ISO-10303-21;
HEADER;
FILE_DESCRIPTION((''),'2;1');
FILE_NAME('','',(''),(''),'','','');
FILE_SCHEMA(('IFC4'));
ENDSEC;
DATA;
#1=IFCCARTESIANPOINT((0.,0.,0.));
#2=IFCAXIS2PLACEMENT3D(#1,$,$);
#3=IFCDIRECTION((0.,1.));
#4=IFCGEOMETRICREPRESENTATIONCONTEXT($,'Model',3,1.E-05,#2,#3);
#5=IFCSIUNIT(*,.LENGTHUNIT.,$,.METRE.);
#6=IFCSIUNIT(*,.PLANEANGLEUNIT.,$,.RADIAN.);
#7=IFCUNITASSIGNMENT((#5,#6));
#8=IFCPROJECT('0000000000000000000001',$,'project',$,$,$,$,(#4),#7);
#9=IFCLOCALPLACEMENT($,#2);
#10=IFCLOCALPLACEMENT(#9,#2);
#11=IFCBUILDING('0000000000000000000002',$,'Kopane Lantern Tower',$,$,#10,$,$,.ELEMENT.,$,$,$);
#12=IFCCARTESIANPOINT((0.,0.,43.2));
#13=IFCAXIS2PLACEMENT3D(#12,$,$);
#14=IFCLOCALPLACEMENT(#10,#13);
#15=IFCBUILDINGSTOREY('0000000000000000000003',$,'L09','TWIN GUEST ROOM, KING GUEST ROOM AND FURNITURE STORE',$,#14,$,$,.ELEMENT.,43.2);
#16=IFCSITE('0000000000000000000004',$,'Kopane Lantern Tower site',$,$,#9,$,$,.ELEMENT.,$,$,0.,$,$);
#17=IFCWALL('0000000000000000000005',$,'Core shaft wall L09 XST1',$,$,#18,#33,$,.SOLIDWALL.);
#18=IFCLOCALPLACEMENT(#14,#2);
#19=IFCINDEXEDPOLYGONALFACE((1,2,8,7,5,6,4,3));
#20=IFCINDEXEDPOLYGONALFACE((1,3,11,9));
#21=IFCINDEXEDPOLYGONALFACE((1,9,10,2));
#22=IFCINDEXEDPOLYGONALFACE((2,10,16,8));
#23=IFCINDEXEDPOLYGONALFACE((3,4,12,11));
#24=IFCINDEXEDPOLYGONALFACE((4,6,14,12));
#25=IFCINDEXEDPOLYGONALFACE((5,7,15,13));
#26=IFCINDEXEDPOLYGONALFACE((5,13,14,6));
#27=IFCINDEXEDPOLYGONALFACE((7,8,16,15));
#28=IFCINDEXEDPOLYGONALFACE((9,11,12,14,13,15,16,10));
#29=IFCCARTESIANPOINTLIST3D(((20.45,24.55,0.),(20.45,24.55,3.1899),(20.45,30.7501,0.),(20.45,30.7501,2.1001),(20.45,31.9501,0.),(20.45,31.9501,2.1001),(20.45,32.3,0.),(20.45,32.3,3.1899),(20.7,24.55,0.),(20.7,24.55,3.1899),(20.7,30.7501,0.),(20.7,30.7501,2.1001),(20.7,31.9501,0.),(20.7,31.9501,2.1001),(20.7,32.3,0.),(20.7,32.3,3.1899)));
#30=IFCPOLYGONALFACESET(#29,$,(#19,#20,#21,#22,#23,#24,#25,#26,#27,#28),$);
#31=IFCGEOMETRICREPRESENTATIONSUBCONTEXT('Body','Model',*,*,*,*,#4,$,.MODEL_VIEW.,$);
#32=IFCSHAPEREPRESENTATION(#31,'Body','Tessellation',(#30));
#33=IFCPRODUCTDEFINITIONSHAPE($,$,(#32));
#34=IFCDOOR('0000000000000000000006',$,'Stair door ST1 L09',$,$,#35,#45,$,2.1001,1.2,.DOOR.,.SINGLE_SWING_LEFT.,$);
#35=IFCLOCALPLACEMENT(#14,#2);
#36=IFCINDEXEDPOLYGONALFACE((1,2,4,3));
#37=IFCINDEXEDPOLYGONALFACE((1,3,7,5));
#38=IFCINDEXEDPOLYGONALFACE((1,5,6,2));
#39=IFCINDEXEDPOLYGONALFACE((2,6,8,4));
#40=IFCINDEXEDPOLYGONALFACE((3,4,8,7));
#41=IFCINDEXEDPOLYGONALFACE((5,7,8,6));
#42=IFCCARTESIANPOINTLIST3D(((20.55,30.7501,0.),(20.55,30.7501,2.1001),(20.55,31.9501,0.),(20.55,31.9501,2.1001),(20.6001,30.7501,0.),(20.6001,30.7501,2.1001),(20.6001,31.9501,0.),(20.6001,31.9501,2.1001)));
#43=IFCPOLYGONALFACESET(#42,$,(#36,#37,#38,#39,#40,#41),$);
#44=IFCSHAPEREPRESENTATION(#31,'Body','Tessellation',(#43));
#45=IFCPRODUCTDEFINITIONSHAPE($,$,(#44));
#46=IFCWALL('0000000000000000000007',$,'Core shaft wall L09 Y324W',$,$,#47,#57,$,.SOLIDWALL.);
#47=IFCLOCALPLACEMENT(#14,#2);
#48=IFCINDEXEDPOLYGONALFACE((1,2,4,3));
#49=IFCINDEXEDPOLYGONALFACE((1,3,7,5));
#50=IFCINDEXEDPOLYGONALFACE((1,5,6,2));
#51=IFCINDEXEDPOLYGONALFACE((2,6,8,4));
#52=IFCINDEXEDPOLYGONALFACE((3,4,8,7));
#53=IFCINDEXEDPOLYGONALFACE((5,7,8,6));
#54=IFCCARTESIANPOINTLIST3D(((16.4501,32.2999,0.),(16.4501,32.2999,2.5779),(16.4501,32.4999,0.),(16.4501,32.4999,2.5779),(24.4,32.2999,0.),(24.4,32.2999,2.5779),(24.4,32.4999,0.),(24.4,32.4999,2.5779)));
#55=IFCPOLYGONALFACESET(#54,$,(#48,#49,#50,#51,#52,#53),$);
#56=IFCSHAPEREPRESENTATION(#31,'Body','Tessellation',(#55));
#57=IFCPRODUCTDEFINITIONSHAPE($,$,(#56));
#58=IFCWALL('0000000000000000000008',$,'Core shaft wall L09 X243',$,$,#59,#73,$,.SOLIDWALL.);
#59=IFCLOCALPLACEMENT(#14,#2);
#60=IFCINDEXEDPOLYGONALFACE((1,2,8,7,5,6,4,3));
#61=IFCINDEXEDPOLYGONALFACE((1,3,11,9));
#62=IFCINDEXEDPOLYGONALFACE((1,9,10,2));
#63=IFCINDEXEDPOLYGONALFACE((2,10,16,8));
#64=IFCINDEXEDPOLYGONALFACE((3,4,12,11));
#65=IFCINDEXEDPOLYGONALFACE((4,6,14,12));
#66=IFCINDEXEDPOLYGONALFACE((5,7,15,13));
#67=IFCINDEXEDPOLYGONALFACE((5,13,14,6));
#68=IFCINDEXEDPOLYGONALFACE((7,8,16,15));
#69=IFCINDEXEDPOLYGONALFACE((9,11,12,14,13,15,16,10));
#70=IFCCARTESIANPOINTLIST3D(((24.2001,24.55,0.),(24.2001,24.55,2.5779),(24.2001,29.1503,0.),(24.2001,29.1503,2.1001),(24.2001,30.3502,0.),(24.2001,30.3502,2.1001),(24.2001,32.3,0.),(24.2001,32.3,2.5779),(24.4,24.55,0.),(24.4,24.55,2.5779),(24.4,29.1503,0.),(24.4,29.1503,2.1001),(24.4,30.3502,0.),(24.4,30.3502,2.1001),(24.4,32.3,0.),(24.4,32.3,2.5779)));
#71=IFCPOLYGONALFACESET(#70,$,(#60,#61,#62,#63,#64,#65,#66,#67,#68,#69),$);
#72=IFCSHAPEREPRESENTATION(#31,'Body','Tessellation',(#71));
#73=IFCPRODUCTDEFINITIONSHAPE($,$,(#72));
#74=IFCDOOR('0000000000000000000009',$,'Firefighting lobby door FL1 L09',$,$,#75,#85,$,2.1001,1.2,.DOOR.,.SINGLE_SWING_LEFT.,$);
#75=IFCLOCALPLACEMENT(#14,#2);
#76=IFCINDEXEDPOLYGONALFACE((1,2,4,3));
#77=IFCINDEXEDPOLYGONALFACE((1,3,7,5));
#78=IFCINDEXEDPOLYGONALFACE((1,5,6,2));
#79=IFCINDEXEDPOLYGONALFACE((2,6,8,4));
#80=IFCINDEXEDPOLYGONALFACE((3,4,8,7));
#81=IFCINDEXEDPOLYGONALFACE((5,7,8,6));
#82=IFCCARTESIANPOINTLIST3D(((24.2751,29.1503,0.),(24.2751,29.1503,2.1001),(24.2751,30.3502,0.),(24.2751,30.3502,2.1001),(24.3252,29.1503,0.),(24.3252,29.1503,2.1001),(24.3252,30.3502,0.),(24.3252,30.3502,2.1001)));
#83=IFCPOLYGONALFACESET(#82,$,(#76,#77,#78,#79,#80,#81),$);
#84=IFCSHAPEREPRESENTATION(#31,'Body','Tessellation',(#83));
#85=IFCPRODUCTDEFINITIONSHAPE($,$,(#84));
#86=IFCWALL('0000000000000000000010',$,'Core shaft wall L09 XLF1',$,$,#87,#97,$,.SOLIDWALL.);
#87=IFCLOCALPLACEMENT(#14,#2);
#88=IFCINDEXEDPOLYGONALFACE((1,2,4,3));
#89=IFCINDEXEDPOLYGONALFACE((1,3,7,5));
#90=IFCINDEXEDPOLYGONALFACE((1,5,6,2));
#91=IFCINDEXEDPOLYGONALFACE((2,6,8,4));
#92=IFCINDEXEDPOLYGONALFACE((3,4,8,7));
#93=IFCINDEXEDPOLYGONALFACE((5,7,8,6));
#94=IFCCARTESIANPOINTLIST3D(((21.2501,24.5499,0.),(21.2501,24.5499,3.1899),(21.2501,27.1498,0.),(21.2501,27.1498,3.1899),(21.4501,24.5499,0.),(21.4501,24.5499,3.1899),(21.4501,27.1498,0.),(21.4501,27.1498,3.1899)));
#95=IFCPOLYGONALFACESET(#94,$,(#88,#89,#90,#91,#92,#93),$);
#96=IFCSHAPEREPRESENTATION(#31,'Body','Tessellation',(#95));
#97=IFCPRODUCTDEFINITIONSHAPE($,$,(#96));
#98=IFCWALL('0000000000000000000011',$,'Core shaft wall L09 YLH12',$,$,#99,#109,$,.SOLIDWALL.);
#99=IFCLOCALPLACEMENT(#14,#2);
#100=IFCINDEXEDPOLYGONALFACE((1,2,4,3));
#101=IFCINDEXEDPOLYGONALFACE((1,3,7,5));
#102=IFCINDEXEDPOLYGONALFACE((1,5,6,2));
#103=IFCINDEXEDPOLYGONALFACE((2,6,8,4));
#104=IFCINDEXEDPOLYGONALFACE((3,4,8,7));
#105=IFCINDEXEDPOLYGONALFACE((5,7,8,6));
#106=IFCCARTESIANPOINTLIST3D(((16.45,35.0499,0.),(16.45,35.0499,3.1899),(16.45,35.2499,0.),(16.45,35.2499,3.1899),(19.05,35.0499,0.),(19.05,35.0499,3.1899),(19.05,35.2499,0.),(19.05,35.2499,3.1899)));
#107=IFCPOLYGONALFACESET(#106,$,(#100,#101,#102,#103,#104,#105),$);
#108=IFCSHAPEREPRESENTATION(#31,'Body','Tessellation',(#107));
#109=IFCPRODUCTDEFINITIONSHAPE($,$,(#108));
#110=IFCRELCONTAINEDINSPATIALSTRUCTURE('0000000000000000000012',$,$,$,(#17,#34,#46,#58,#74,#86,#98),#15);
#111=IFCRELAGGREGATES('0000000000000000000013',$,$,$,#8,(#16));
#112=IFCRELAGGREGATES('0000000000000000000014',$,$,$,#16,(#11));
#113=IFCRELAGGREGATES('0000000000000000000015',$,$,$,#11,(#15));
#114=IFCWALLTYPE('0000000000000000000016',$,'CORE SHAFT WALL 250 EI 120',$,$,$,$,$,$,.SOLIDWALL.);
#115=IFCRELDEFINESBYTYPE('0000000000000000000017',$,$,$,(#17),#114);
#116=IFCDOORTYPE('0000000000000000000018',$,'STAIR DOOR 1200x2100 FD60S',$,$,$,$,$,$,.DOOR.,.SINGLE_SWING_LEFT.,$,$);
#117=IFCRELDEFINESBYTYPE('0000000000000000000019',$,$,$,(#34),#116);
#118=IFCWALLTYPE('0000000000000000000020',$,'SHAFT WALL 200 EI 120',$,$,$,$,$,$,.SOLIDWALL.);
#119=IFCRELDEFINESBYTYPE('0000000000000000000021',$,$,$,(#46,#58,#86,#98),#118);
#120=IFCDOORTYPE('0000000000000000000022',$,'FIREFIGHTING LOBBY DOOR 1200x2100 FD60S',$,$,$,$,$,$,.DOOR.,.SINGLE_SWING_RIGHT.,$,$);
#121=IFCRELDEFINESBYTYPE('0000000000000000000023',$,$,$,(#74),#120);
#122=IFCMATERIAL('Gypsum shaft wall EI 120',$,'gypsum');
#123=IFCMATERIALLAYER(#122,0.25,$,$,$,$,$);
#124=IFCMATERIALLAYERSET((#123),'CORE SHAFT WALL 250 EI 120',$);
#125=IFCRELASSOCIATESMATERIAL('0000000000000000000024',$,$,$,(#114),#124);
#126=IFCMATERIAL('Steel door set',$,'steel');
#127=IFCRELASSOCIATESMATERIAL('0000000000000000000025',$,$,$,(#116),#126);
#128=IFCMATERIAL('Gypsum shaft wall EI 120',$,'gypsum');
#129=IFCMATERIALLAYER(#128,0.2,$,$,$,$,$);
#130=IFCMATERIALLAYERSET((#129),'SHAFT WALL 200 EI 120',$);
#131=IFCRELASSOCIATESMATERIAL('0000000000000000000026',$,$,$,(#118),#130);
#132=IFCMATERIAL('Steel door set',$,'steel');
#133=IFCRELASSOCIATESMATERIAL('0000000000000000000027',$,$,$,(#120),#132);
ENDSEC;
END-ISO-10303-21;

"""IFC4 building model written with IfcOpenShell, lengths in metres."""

from ifc_helpers import new_model, si_unit, direction, frame, frame_2d, origin, place, context, subcontext, project, spatial, rectangle, extrude, material, layer, layer_set, type_object, element, fill, save


model = new_model("IFC4")

# Units and contexts
model_context = context("Model", 3, precision=1e-05, world=origin(), true_north=direction((0.0, 1.0)))
body_context = subcontext(model_context, "Body", "Model", "MODEL_VIEW")
ifc_project = project(units=[si_unit("LENGTHUNIT", "METRE"), si_unit("PLANEANGLEUNIT", "RADIAN")], contexts=[model_context])

# Site, building, storey
site_placement = place(None, origin())
site = spatial("IfcSite", under=ifc_project, at=site_placement, Name="Kopane Lantern Tower site", CompositionType="ELEMENT", RefElevation=0.0)
building_placement = place(site_placement, origin())
building = spatial("IfcBuilding", under=site, at=building_placement, Name="Kopane Lantern Tower", CompositionType="ELEMENT")
storey_placement = place(building_placement, frame((0.0, 0.0, 43.2)))
storey = spatial("IfcBuildingStorey", under=building, at=storey_placement, Name="L09", Description="TWIN GUEST ROOM, KING GUEST ROOM AND FURNITURE STORE", CompositionType="ELEMENT", Elevation=43.2)

# Wall, opening, door
ifc_material_1 = material(Name="Gypsum shaft wall EI 120", Category="gypsum")
ifc_layer_1 = layer(ifc_material_1, 0.25)
ifc_layer_set_1 = layer_set([ifc_layer_1], Name="CORE SHAFT WALL 250 EI 120")
wall_type_1 = type_object("IfcWallType", Name="CORE SHAFT WALL 250 EI 120", PredefinedType="SOLIDWALL", material=ifc_layer_set_1)
wall_1_placement = place(storey_placement, frame((20.575, 24.55, 0.0), z_axis=(0.0, 0.0, 1.0), x_axis=(0.0, 1.0, 0.0)))
wall_1 = element("IfcWall", 1, at=wall_1_placement, inside=storey, type_object=wall_type_1, Name="Core shaft wall L09 XST1", PredefinedType="SOLIDWALL", context=body_context, shape_type="SweptSolid", body=[
    extrude(rectangle(XDim=7.75, YDim=0.25, at=frame_2d((3.875, 0.0))), origin(), (0.0, 0.0, 1.0), 3.1899),
])
opening_1_placement = place(wall_1_placement, frame((6.2, 0.0, 0.0)))
opening_1 = element("IfcOpeningElement", 2, at=opening_1_placement, cuts=wall_1, PredefinedType="OPENING", context=body_context, shape_type="SweptSolid", body=[
    extrude(rectangle(XDim=1.2, YDim=2.1001, at=frame_2d((0.6001, 1.05))), frame((0.0, 0.135, 0.0), z_axis=(0.0, -1.0, 0.0), x_axis=(1.0, 0.0, 0.0)), (0.0, 0.0, 1.0), 0.27),
])
ifc_material_2 = material(Name="Steel door set", Category="steel")
door_type_1 = type_object("IfcDoorType", Name="STAIR DOOR 1200x2100 FD60S", OperationType="SINGLE_SWING_LEFT", PredefinedType="DOOR", material=ifc_material_2)
door_1_placement = place(opening_1_placement, origin())
door_1 = element("IfcDoor", 3, at=door_1_placement, inside=storey, type_object=door_type_1, Name="Stair door ST1 L09", OperationType="SINGLE_SWING_LEFT", OverallHeight=2.1001, OverallWidth=1.2, PredefinedType="DOOR", context=body_context, shape_type="SweptSolid", body=[
    extrude(rectangle(XDim=1.2, YDim=2.1001, at=frame_2d((0.6001, 1.05))), frame((0.0, 0.0249, 0.0), z_axis=(0.0, -1.0, 0.0), x_axis=(1.0, 0.0, 0.0)), (0.0, 0.0, 1.0), 0.05),
])
fill(opening_1, door_1)

# Wall
ifc_material_3 = material(Name="Gypsum shaft wall EI 120", Category="gypsum")
ifc_layer_2 = layer(ifc_material_3, 0.2)
ifc_layer_set_2 = layer_set([ifc_layer_2], Name="SHAFT WALL 200 EI 120")
wall_type_2 = type_object("IfcWallType", Name="SHAFT WALL 200 EI 120", PredefinedType="SOLIDWALL", material=ifc_layer_set_2)
wall_2_placement = place(storey_placement, frame((16.45, 32.3999, 0.0), z_axis=(0.0, 0.0, 1.0), x_axis=(1.0, 0.0, 0.0)))
element("IfcWall", 4, at=wall_2_placement, inside=storey, type_object=wall_type_2, Name="Core shaft wall L09 Y324W", PredefinedType="SOLIDWALL", context=body_context, shape_type="SweptSolid", body=[
    extrude(rectangle(XDim=7.95, YDim=0.2, at=frame_2d((3.9751, 0.0))), origin(), (0.0, 0.0, 1.0), 2.5779),
])

# Wall, opening, door
wall_3_placement = place(storey_placement, frame((24.3, 24.55, 0.0), z_axis=(0.0, 0.0, 1.0), x_axis=(0.0, 1.0, 0.0)))
wall_3 = element("IfcWall", 5, at=wall_3_placement, inside=storey, type_object=wall_type_2, Name="Core shaft wall L09 X243", PredefinedType="SOLIDWALL", context=body_context, shape_type="SweptSolid", body=[
    extrude(rectangle(XDim=7.75, YDim=0.2, at=frame_2d((3.875, 0.0))), origin(), (0.0, 0.0, 1.0), 2.5779),
])
opening_2_placement = place(wall_3_placement, frame((4.6001, 0.0, 0.0)))
opening_2 = element("IfcOpeningElement", 6, at=opening_2_placement, cuts=wall_3, PredefinedType="OPENING", context=body_context, shape_type="SweptSolid", body=[
    extrude(rectangle(XDim=1.2, YDim=2.1001, at=frame_2d((0.6001, 1.05))), frame((0.0, 0.1099, 0.0), z_axis=(0.0, -1.0, 0.0), x_axis=(1.0, 0.0, 0.0)), (0.0, 0.0, 1.0), 0.22),
])
ifc_material_4 = material(Name="Steel door set", Category="steel")
door_type_2 = type_object("IfcDoorType", Name="FIREFIGHTING LOBBY DOOR 1200x2100 FD60S", OperationType="SINGLE_SWING_RIGHT", PredefinedType="DOOR", material=ifc_material_4)
door_2_placement = place(opening_2_placement, origin())
door_2 = element("IfcDoor", 7, at=door_2_placement, inside=storey, type_object=door_type_2, Name="Firefighting lobby door FL1 L09", OperationType="SINGLE_SWING_LEFT", OverallHeight=2.1001, OverallWidth=1.2, PredefinedType="DOOR", context=body_context, shape_type="SweptSolid", body=[
    extrude(rectangle(XDim=1.2, YDim=2.1001, at=frame_2d((0.6001, 1.05))), frame((0.0, 0.0249, 0.0), z_axis=(0.0, -1.0, 0.0), x_axis=(1.0, 0.0, 0.0)), (0.0, 0.0, 1.0), 0.05),
])
fill(opening_2, door_2)

# Walls
wall_4_placement = place(storey_placement, frame((21.3501, 24.55, 0.0), z_axis=(0.0, 0.0, 1.0), x_axis=(0.0, 1.0, 0.0)))
element("IfcWall", 8, at=wall_4_placement, inside=storey, type_object=wall_type_2, Name="Core shaft wall L09 XLF1", PredefinedType="SOLIDWALL", context=body_context, shape_type="SweptSolid", body=[
    extrude(rectangle(XDim=2.5999, YDim=0.2, at=frame_2d((1.2998, 0.0))), origin(), (0.0, 0.0, 1.0), 3.1899),
])
wall_5_placement = place(storey_placement, frame((16.45, 35.1499, 0.0), z_axis=(0.0, 0.0, 1.0), x_axis=(1.0, 0.0, 0.0)))
element("IfcWall", 9, at=wall_5_placement, inside=storey, type_object=wall_type_2, Name="Core shaft wall L09 YLH12", PredefinedType="SOLIDWALL", context=body_context, shape_type="SweptSolid", body=[
    extrude(rectangle(XDim=2.6001, YDim=0.2, at=frame_2d((1.3, 0.0))), origin(), (0.0, 0.0, 1.0), 3.1899),
])

save(model, "model.ifc")
